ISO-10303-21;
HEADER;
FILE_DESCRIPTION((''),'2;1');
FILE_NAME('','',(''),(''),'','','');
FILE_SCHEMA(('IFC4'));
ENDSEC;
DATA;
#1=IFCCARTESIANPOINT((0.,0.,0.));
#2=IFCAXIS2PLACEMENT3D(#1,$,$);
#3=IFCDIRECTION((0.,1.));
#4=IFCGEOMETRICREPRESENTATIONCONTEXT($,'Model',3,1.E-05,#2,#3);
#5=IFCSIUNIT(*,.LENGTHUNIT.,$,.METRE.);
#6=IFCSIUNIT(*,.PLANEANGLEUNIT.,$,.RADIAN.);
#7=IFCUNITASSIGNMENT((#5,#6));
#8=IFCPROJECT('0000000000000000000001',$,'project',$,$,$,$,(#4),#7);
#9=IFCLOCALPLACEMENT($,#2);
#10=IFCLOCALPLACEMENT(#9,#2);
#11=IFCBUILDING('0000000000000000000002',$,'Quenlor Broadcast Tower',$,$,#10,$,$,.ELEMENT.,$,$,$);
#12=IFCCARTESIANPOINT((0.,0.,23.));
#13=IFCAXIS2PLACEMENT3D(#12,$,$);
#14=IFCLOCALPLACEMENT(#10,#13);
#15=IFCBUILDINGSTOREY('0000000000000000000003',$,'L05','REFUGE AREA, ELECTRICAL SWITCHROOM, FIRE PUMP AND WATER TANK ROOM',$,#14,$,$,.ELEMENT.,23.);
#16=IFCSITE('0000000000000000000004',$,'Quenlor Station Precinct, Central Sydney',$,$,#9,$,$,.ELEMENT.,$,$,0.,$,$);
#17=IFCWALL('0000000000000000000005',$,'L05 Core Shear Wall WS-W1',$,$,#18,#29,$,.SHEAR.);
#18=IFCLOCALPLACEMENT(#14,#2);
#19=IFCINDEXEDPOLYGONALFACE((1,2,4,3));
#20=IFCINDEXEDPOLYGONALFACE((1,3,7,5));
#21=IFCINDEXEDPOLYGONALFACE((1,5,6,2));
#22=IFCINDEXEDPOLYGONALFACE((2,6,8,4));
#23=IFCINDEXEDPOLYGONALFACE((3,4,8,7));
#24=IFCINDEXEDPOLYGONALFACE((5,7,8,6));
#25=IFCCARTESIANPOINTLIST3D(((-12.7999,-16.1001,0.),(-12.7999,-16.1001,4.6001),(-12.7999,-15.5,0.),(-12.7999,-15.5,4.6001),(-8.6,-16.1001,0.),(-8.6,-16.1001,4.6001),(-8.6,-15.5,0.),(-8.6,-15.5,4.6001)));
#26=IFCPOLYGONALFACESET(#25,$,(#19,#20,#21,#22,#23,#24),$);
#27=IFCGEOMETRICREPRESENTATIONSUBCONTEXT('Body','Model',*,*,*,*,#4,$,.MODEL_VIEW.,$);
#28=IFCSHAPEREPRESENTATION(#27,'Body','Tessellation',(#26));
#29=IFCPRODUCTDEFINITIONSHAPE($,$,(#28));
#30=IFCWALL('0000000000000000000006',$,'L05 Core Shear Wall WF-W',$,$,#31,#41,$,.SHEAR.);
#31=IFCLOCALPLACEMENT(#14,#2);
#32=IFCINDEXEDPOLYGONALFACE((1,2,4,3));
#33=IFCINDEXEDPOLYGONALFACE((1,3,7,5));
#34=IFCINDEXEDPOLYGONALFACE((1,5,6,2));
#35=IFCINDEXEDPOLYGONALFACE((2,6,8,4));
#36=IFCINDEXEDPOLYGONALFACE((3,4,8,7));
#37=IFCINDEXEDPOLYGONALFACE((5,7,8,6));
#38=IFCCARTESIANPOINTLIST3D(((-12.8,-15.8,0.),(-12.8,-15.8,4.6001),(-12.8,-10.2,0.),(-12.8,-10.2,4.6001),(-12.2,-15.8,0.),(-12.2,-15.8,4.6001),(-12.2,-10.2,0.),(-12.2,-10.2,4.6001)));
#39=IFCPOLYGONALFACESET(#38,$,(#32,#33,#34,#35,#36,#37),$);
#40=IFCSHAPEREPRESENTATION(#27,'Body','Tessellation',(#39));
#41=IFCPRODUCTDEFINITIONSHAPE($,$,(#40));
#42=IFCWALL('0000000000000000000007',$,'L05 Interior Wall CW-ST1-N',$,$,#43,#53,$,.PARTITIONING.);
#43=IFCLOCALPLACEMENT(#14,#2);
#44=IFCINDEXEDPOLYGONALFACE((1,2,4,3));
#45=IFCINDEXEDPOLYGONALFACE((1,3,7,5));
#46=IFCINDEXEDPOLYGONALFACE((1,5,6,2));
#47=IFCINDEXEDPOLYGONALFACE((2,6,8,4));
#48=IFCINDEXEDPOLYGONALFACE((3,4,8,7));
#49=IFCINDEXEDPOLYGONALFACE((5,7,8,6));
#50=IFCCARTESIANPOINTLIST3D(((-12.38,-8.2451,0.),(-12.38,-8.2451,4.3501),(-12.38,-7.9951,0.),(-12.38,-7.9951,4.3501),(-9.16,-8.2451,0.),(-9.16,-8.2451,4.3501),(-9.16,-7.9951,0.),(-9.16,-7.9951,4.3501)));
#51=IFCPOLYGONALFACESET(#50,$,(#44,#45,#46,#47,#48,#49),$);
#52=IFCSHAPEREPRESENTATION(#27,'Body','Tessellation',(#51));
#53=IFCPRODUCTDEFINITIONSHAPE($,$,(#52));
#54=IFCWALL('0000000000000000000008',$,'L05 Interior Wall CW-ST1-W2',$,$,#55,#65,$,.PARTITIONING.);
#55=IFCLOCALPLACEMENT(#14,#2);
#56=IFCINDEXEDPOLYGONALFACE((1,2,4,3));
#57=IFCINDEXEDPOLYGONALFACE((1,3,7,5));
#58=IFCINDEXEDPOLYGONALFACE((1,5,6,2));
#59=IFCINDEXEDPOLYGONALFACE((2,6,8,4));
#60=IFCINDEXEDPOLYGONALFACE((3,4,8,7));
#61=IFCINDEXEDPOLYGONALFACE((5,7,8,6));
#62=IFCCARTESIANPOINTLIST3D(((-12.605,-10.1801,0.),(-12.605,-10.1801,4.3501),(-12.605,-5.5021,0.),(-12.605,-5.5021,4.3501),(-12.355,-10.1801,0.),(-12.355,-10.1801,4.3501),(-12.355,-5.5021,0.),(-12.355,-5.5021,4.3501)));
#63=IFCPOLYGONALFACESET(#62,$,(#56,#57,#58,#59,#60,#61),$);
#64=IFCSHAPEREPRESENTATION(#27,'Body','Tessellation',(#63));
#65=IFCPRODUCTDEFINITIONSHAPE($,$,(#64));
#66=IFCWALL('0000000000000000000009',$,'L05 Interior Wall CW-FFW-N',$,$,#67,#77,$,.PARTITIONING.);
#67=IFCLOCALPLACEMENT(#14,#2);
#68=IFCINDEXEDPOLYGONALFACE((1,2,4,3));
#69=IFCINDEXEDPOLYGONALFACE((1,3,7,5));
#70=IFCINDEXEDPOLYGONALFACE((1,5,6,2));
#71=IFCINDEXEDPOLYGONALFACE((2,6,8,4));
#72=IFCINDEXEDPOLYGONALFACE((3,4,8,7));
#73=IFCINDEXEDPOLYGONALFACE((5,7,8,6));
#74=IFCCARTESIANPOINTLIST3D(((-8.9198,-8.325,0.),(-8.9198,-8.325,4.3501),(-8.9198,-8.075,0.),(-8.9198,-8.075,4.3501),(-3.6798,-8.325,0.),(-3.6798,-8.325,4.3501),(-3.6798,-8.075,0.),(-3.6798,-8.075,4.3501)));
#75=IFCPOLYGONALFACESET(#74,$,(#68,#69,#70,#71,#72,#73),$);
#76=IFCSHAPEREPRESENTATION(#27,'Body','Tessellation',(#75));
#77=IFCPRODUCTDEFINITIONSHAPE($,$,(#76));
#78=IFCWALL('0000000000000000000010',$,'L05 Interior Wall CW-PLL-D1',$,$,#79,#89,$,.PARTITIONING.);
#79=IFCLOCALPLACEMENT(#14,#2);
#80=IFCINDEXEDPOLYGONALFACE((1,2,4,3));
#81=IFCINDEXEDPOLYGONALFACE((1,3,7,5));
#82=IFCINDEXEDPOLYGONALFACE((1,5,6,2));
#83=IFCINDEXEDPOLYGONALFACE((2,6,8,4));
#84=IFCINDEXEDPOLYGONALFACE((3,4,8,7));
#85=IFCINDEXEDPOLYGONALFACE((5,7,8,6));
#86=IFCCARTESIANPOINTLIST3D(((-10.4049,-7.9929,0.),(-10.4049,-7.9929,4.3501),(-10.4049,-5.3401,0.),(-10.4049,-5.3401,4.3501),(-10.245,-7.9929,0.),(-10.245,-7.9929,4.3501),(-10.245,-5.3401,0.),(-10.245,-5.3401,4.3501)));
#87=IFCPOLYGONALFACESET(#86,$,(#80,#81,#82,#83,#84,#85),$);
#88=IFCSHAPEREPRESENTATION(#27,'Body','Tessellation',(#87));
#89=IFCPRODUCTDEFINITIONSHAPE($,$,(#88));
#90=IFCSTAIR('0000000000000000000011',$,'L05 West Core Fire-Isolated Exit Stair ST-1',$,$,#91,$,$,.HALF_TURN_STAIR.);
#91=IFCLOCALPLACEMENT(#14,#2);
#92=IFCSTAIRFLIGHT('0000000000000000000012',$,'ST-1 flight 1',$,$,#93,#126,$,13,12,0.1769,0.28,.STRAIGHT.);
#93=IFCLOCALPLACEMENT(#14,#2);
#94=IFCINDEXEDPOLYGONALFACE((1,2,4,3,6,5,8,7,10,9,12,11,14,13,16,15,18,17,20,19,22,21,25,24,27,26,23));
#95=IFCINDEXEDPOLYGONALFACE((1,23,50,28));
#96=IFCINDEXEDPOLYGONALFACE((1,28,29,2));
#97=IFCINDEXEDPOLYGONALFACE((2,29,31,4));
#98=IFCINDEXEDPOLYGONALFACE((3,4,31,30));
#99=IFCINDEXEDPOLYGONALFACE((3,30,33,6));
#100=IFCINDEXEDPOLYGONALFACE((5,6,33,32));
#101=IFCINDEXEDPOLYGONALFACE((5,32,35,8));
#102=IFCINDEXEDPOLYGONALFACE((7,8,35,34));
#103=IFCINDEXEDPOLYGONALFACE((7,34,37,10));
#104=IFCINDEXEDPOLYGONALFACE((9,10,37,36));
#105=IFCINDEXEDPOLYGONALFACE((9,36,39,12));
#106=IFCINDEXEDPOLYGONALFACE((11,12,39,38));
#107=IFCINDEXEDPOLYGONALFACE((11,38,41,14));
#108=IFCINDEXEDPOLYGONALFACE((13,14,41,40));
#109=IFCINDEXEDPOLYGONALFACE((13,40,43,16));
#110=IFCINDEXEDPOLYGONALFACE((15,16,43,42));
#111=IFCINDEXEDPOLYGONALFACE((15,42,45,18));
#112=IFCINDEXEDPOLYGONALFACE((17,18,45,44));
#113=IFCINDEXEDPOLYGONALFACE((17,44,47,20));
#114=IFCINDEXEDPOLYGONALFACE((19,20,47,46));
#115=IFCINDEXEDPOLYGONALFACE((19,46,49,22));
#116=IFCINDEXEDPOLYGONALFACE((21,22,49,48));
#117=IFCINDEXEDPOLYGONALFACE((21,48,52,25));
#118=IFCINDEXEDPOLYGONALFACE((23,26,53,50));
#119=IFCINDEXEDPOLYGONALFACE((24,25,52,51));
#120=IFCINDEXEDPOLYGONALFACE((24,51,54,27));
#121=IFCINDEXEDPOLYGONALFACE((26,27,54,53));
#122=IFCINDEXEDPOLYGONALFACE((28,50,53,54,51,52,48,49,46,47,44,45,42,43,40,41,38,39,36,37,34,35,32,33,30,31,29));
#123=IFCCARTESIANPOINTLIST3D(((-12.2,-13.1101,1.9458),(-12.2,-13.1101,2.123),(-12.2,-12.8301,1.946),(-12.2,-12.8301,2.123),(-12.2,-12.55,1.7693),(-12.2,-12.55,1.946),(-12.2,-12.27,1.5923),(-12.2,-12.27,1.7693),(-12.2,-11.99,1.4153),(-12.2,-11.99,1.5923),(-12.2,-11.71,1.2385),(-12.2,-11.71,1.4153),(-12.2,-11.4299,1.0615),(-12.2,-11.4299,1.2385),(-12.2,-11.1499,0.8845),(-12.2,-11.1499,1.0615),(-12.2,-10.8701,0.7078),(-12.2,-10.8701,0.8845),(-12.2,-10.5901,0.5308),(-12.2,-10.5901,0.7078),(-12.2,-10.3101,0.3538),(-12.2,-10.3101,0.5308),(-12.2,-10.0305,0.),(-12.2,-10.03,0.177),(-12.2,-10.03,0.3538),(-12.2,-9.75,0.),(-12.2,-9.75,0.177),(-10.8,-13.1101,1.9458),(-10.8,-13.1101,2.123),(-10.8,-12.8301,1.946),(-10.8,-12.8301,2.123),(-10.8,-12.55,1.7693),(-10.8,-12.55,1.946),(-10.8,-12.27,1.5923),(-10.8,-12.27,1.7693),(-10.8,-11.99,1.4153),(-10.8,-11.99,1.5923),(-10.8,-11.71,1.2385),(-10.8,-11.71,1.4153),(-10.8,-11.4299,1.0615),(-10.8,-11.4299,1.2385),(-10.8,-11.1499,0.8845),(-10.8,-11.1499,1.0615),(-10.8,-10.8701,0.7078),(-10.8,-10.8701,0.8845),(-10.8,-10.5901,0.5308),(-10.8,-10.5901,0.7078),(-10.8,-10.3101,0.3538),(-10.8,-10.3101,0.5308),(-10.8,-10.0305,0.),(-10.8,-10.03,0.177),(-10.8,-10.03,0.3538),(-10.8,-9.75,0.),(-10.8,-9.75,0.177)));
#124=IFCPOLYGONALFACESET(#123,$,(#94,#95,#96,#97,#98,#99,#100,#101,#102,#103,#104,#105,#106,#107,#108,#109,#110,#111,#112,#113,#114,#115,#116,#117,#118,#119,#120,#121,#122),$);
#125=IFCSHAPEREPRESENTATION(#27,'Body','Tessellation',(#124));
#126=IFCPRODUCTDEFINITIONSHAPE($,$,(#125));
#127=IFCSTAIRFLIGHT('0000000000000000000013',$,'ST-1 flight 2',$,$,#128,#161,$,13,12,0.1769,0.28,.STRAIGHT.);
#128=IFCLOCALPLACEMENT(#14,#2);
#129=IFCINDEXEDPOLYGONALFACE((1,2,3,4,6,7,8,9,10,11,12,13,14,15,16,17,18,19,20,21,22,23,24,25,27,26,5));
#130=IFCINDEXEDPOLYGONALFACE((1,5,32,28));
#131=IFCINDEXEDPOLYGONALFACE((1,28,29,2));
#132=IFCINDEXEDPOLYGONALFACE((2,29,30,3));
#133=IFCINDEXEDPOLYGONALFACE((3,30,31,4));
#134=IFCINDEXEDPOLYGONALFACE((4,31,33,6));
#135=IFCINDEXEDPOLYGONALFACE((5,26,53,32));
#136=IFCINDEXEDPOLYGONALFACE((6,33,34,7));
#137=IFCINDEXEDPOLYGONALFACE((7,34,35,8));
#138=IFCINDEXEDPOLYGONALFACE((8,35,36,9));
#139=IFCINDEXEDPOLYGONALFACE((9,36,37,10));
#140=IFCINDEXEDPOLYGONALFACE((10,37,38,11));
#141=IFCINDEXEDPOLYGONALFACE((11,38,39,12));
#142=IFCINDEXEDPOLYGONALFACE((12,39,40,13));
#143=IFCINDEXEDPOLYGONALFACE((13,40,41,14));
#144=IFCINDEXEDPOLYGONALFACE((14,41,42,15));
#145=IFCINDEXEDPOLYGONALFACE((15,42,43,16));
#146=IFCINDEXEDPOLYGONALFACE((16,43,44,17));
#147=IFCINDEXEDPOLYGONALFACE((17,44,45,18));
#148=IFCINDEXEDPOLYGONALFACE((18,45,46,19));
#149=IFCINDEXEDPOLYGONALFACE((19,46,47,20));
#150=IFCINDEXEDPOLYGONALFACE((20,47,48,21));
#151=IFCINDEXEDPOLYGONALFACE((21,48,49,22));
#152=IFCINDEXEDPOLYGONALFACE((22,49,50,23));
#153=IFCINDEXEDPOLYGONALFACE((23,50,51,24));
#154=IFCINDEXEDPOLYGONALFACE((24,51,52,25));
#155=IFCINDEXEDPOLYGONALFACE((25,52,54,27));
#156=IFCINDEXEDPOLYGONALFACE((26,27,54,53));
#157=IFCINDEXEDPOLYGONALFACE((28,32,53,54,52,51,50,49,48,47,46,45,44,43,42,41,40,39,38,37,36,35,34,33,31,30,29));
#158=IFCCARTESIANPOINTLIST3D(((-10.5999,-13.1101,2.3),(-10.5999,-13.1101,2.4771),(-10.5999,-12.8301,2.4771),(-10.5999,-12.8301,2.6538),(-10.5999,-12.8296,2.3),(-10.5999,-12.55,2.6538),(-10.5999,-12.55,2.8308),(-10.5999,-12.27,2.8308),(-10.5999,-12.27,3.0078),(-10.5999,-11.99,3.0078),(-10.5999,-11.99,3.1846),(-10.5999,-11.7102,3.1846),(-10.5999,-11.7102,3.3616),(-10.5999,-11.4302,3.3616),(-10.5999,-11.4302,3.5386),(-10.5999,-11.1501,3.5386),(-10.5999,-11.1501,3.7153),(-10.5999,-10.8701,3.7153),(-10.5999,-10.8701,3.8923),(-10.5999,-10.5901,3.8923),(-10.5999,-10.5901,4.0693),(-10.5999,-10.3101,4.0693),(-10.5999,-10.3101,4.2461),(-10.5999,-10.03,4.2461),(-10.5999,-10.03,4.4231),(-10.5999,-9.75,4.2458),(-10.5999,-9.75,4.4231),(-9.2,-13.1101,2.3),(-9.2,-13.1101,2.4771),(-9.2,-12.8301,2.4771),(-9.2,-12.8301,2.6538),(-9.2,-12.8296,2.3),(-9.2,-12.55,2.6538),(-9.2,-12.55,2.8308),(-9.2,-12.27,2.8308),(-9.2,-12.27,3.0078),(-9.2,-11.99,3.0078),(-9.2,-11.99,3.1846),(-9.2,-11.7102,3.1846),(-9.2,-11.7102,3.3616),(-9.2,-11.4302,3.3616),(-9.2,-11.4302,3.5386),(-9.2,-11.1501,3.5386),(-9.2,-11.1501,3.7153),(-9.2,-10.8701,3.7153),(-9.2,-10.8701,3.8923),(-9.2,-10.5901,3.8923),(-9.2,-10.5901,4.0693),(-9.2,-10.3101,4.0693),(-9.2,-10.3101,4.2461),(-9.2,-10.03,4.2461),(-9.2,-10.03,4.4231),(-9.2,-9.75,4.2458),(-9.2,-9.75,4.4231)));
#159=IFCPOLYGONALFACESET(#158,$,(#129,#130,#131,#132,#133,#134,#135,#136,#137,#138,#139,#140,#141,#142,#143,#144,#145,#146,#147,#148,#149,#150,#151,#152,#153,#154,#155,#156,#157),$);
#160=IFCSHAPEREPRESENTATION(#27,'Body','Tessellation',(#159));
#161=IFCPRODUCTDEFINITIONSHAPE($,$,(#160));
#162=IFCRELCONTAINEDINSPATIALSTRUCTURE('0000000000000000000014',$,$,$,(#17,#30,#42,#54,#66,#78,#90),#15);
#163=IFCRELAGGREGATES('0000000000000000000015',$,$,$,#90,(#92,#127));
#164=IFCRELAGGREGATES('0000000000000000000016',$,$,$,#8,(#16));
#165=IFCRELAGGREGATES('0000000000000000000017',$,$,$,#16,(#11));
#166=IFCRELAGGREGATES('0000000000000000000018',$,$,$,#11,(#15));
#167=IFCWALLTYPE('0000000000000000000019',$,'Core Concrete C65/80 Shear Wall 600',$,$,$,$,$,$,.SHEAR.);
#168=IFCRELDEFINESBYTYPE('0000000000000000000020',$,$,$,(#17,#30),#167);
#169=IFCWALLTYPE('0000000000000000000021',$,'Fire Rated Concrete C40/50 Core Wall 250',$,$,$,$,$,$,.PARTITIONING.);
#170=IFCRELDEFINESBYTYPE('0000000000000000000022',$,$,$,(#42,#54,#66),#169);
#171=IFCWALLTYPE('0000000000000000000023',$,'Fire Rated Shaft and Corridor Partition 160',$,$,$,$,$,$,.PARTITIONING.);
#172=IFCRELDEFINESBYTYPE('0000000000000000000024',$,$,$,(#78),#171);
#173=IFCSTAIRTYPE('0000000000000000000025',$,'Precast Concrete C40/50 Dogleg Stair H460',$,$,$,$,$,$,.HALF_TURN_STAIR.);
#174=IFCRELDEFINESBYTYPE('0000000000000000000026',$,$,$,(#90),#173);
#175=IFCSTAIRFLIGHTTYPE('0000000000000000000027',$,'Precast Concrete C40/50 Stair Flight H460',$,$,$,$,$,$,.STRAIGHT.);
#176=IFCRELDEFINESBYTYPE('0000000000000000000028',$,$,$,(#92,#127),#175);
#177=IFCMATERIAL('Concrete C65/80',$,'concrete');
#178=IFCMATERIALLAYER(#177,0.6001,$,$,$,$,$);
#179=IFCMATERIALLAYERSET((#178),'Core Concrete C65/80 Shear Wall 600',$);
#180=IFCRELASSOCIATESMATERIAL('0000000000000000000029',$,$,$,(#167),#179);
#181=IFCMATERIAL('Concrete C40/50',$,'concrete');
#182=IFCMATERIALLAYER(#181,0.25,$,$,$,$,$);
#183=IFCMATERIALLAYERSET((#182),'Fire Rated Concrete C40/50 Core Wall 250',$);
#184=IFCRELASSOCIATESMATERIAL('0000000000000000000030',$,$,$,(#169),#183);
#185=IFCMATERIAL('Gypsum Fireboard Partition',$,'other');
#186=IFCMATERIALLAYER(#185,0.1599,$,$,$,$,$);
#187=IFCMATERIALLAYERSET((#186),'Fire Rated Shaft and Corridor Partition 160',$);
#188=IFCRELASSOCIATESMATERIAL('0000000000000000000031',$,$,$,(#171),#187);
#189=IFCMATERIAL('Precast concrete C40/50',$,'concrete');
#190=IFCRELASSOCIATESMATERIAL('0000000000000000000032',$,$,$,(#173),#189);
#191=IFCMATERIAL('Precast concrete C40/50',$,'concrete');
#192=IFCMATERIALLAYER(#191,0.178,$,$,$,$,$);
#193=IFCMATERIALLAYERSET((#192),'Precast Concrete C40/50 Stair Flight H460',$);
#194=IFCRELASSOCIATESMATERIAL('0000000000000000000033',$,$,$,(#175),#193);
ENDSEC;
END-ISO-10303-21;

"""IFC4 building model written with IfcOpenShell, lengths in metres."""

from ifc_helpers import new_model, si_unit, direction, frame, frame_2d, origin, place, context, subcontext, project, spatial, polyline, rectangle, outline, extrude, material, layer, layer_set, type_object, element, aggregate, save


model = new_model("IFC4")

# Units and contexts
model_context = context("Model", 3, precision=1e-05, world=origin(), true_north=direction((0.0, 1.0)))
body_context = subcontext(model_context, "Body", "Model", "MODEL_VIEW")
ifc_project = project(units=[si_unit("LENGTHUNIT", "METRE"), si_unit("PLANEANGLEUNIT", "RADIAN")], contexts=[model_context])

# Site, building, storey
site_placement = place(None, origin())
site = spatial("IfcSite", under=ifc_project, at=site_placement, Name="Quenlor Station Precinct, Central Sydney", CompositionType="ELEMENT", RefElevation=0.0)
building_placement = place(site_placement, origin())
building = spatial("IfcBuilding", under=site, at=building_placement, Name="Quenlor Broadcast Tower", CompositionType="ELEMENT")
storey_placement = place(building_placement, frame((0.0, 0.0, 23.0)))
storey = spatial("IfcBuildingStorey", under=building, at=storey_placement, Name="L05", Description="REFUGE AREA, ELECTRICAL SWITCHROOM, FIRE PUMP AND WATER TANK ROOM", CompositionType="ELEMENT", Elevation=23.0)

# Walls
ifc_material_1 = material(Name="Concrete C65/80", Category="concrete")
ifc_layer_1 = layer(ifc_material_1, 0.6001)
ifc_layer_set_1 = layer_set([ifc_layer_1], Name="Core Concrete C65/80 Shear Wall 600")
wall_type_1 = type_object("IfcWallType", Name="Core Concrete C65/80 Shear Wall 600", PredefinedType="SHEAR", material=ifc_layer_set_1)
wall_1_placement = place(storey_placement, frame((-12.8, -15.8, 0.0), z_axis=(0.0, 0.0, 1.0), x_axis=(1.0, 0.0, 0.0)))
element("IfcWall", 1, at=wall_1_placement, inside=storey, type_object=wall_type_1, Name="L05 Core Shear Wall WS-W1", PredefinedType="SHEAR", context=body_context, shape_type="SweptSolid", body=[
    extrude(rectangle(XDim=4.2, YDim=0.6001, at=frame_2d((2.1001, 0.0))), origin(), (0.0, 0.0, 1.0), 4.6001),
])
wall_2_placement = place(storey_placement, frame((-12.5, -15.8, 0.0), z_axis=(0.0, 0.0, 1.0), x_axis=(0.0, 1.0, 0.0)))
element("IfcWall", 2, at=wall_2_placement, inside=storey, type_object=wall_type_1, Name="L05 Core Shear Wall WF-W", PredefinedType="SHEAR", context=body_context, shape_type="SweptSolid", body=[
    extrude(rectangle(XDim=5.6001, YDim=0.6001, at=frame_2d((2.8, 0.0))), origin(), (0.0, 0.0, 1.0), 4.6001),
])

# Shared definitions
ifc_material_2 = material(Name="Concrete C40/50", Category="concrete")
ifc_layer_2 = layer(ifc_material_2, 0.25)
ifc_layer_set_2 = layer_set([ifc_layer_2], Name="Fire Rated Concrete C40/50 Core Wall 250")
wall_type_2 = type_object("IfcWallType", Name="Fire Rated Concrete C40/50 Core Wall 250", PredefinedType="PARTITIONING", material=ifc_layer_set_2)

# Walls
wall_3_placement = place(storey_placement, frame((-12.3799, -8.1201, 0.0), z_axis=(0.0, 0.0, 1.0), x_axis=(1.0, 0.0, 0.0)))
element("IfcWall", 3, at=wall_3_placement, inside=storey, type_object=wall_type_2, Name="L05 Interior Wall CW-ST1-N", PredefinedType="PARTITIONING", context=body_context, shape_type="SweptSolid", body=[
    extrude(rectangle(XDim=3.22, YDim=0.25, at=frame_2d((1.6099, 0.0))), origin(), (0.0, 0.0, 1.0), 4.3501),
])
wall_4_placement = place(storey_placement, frame((-12.48, -10.1799, 0.0), z_axis=(0.0, 0.0, 1.0), x_axis=(0.0, 1.0, 0.0)))
element("IfcWall", 4, at=wall_4_placement, inside=storey, type_object=wall_type_2, Name="L05 Interior Wall CW-ST1-W2", PredefinedType="PARTITIONING", context=body_context, shape_type="SweptSolid", body=[
    extrude(rectangle(XDim=4.678, YDim=0.25, at=frame_2d((2.3389, 0.0))), origin(), (0.0, 0.0, 1.0), 4.3501),
])
wall_5_placement = place(storey_placement, frame((-8.9199, -8.2, 0.0), z_axis=(0.0, 0.0, 1.0), x_axis=(1.0, 0.0, 0.0)))
element("IfcWall", 5, at=wall_5_placement, inside=storey, type_object=wall_type_2, Name="L05 Interior Wall CW-FFW-N", PredefinedType="PARTITIONING", context=body_context, shape_type="SweptSolid", body=[
    extrude(rectangle(XDim=5.24, YDim=0.25, at=frame_2d((2.6201, 0.0))), origin(), (0.0, 0.0, 1.0), 4.3501),
])

# Wall
ifc_material_3 = material(Name="Gypsum Fireboard Partition", Category="other")
ifc_layer_3 = layer(ifc_material_3, 0.1599)
ifc_layer_set_3 = layer_set([ifc_layer_3], Name="Fire Rated Shaft and Corridor Partition 160")
wall_type_3 = type_object("IfcWallType", Name="Fire Rated Shaft and Corridor Partition 160", PredefinedType="PARTITIONING", material=ifc_layer_set_3)
wall_6_placement = place(storey_placement, frame((-10.325, -7.9929, 0.0), z_axis=(0.0, 0.0, 1.0), x_axis=(0.0, 1.0, 0.0)))
element("IfcWall", 6, at=wall_6_placement, inside=storey, type_object=wall_type_3, Name="L05 Interior Wall CW-PLL-D1", PredefinedType="PARTITIONING", context=body_context, shape_type="SweptSolid", body=[
    extrude(rectangle(XDim=2.6528, YDim=0.1599, at=frame_2d((1.3264, 0.0))), origin(), (0.0, 0.0, 1.0), 4.3501),
])

# Stair, stair flights
ifc_material_4 = material(Name="Precast concrete C40/50", Category="concrete")
stair_type = type_object("IfcStairType", Name="Precast Concrete C40/50 Dogleg Stair H460", PredefinedType="HALF_TURN_STAIR", material=ifc_material_4)
stair_placement = place(storey_placement, origin())
stair = element("IfcStair", 7, at=stair_placement, inside=storey, type_object=stair_type, Name="L05 West Core Fire-Isolated Exit Stair ST-1", PredefinedType="HALF_TURN_STAIR")
ifc_material_5 = material(Name="Precast concrete C40/50", Category="concrete")
ifc_layer_4 = layer(ifc_material_5, 0.178)
ifc_layer_set_4 = layer_set([ifc_layer_4], Name="Precast Concrete C40/50 Stair Flight H460")
stair_flight_type = type_object("IfcStairFlightType", Name="Precast Concrete C40/50 Stair Flight H460", PredefinedType="STRAIGHT", material=ifc_layer_set_4)
stair_flight_1_placement = place(storey_placement, frame((-11.5, -9.75, 0.0), z_axis=(0.0, 0.0, 1.0), x_axis=(0.0, -1.0, 0.0)))
stair_flight_1 = element("IfcStairFlight", 8, at=stair_flight_1_placement, type_object=stair_flight_type, Name="ST-1 flight 1", NumberOfRisers=13, NumberOfTreads=12, PredefinedType="STRAIGHT", RiserHeight=0.1769, TreadLength=0.28, context=body_context, shape_type="SweptSolid", body=[
    extrude(outline(polyline([(0.0, 0.0), (0.0, 0.177), (0.28, 0.177), (0.28, 0.3538), (0.5601, 0.3538), (0.5601, 0.5308), (0.8401, 0.5308), (0.8401, 0.7078), (1.1201, 0.7078), (1.1201, 0.8845), (1.3999, 0.8845), (1.3999, 1.0615), (1.6799, 1.0615), (1.6799, 1.2385), (1.96, 1.2385), (1.96, 1.4153), (2.24, 1.4153), (2.24, 1.5923), (2.52, 1.5923), (2.52, 1.7693), (2.8, 1.7693), (2.8, 1.946), (3.0801, 1.946), (3.0801, 2.123), (3.3601, 2.123), (3.3601, 2.3), (3.3601, 1.9458), (0.2805, 0.0), (0.0, 0.0)])), frame((0.0, 0.7, 0.0), z_axis=(0.0, -1.0, 0.0), x_axis=(1.0, 0.0, 0.0)), (0.0, 0.0, 1.0), 1.3999),
])
stair_flight_2_placement = place(storey_placement, frame((-9.8999, -13.1101, 2.3), z_axis=(0.0, 0.0, 1.0), x_axis=(0.0, 1.0, 0.0)))
stair_flight_2 = element("IfcStairFlight", 9, at=stair_flight_2_placement, type_object=stair_flight_type, Name="ST-1 flight 2", NumberOfRisers=13, NumberOfTreads=12, PredefinedType="STRAIGHT", RiserHeight=0.1769, TreadLength=0.28, context=body_context, shape_type="SweptSolid", body=[
    extrude(outline(polyline([(0.0, 0.0), (0.0, 0.177), (0.28, 0.177), (0.28, 0.3538), (0.5601, 0.3538), (0.5601, 0.5308), (0.8401, 0.5308), (0.8401, 0.7078), (1.1201, 0.7078), (1.1201, 0.8845), (1.3999, 0.8845), (1.3999, 1.0615), (1.6799, 1.0615), (1.6799, 1.2385), (1.96, 1.2385), (1.96, 1.4153), (2.24, 1.4153), (2.24, 1.5923), (2.52, 1.5923), (2.52, 1.7693), (2.8, 1.7693), (2.8, 1.946), (3.0801, 1.946), (3.0801, 2.123), (3.3601, 2.123), (3.3601, 2.3), (3.3601, 1.9458), (0.2805, 0.0), (0.0, 0.0)])), frame((0.0, 0.7, 0.0), z_axis=(0.0, -1.0, 0.0), x_axis=(1.0, 0.0, 0.0)), (0.0, 0.0, 1.0), 1.3999),
])
aggregate(stair, [stair_flight_1, stair_flight_2])

save(model, "model.ifc")
